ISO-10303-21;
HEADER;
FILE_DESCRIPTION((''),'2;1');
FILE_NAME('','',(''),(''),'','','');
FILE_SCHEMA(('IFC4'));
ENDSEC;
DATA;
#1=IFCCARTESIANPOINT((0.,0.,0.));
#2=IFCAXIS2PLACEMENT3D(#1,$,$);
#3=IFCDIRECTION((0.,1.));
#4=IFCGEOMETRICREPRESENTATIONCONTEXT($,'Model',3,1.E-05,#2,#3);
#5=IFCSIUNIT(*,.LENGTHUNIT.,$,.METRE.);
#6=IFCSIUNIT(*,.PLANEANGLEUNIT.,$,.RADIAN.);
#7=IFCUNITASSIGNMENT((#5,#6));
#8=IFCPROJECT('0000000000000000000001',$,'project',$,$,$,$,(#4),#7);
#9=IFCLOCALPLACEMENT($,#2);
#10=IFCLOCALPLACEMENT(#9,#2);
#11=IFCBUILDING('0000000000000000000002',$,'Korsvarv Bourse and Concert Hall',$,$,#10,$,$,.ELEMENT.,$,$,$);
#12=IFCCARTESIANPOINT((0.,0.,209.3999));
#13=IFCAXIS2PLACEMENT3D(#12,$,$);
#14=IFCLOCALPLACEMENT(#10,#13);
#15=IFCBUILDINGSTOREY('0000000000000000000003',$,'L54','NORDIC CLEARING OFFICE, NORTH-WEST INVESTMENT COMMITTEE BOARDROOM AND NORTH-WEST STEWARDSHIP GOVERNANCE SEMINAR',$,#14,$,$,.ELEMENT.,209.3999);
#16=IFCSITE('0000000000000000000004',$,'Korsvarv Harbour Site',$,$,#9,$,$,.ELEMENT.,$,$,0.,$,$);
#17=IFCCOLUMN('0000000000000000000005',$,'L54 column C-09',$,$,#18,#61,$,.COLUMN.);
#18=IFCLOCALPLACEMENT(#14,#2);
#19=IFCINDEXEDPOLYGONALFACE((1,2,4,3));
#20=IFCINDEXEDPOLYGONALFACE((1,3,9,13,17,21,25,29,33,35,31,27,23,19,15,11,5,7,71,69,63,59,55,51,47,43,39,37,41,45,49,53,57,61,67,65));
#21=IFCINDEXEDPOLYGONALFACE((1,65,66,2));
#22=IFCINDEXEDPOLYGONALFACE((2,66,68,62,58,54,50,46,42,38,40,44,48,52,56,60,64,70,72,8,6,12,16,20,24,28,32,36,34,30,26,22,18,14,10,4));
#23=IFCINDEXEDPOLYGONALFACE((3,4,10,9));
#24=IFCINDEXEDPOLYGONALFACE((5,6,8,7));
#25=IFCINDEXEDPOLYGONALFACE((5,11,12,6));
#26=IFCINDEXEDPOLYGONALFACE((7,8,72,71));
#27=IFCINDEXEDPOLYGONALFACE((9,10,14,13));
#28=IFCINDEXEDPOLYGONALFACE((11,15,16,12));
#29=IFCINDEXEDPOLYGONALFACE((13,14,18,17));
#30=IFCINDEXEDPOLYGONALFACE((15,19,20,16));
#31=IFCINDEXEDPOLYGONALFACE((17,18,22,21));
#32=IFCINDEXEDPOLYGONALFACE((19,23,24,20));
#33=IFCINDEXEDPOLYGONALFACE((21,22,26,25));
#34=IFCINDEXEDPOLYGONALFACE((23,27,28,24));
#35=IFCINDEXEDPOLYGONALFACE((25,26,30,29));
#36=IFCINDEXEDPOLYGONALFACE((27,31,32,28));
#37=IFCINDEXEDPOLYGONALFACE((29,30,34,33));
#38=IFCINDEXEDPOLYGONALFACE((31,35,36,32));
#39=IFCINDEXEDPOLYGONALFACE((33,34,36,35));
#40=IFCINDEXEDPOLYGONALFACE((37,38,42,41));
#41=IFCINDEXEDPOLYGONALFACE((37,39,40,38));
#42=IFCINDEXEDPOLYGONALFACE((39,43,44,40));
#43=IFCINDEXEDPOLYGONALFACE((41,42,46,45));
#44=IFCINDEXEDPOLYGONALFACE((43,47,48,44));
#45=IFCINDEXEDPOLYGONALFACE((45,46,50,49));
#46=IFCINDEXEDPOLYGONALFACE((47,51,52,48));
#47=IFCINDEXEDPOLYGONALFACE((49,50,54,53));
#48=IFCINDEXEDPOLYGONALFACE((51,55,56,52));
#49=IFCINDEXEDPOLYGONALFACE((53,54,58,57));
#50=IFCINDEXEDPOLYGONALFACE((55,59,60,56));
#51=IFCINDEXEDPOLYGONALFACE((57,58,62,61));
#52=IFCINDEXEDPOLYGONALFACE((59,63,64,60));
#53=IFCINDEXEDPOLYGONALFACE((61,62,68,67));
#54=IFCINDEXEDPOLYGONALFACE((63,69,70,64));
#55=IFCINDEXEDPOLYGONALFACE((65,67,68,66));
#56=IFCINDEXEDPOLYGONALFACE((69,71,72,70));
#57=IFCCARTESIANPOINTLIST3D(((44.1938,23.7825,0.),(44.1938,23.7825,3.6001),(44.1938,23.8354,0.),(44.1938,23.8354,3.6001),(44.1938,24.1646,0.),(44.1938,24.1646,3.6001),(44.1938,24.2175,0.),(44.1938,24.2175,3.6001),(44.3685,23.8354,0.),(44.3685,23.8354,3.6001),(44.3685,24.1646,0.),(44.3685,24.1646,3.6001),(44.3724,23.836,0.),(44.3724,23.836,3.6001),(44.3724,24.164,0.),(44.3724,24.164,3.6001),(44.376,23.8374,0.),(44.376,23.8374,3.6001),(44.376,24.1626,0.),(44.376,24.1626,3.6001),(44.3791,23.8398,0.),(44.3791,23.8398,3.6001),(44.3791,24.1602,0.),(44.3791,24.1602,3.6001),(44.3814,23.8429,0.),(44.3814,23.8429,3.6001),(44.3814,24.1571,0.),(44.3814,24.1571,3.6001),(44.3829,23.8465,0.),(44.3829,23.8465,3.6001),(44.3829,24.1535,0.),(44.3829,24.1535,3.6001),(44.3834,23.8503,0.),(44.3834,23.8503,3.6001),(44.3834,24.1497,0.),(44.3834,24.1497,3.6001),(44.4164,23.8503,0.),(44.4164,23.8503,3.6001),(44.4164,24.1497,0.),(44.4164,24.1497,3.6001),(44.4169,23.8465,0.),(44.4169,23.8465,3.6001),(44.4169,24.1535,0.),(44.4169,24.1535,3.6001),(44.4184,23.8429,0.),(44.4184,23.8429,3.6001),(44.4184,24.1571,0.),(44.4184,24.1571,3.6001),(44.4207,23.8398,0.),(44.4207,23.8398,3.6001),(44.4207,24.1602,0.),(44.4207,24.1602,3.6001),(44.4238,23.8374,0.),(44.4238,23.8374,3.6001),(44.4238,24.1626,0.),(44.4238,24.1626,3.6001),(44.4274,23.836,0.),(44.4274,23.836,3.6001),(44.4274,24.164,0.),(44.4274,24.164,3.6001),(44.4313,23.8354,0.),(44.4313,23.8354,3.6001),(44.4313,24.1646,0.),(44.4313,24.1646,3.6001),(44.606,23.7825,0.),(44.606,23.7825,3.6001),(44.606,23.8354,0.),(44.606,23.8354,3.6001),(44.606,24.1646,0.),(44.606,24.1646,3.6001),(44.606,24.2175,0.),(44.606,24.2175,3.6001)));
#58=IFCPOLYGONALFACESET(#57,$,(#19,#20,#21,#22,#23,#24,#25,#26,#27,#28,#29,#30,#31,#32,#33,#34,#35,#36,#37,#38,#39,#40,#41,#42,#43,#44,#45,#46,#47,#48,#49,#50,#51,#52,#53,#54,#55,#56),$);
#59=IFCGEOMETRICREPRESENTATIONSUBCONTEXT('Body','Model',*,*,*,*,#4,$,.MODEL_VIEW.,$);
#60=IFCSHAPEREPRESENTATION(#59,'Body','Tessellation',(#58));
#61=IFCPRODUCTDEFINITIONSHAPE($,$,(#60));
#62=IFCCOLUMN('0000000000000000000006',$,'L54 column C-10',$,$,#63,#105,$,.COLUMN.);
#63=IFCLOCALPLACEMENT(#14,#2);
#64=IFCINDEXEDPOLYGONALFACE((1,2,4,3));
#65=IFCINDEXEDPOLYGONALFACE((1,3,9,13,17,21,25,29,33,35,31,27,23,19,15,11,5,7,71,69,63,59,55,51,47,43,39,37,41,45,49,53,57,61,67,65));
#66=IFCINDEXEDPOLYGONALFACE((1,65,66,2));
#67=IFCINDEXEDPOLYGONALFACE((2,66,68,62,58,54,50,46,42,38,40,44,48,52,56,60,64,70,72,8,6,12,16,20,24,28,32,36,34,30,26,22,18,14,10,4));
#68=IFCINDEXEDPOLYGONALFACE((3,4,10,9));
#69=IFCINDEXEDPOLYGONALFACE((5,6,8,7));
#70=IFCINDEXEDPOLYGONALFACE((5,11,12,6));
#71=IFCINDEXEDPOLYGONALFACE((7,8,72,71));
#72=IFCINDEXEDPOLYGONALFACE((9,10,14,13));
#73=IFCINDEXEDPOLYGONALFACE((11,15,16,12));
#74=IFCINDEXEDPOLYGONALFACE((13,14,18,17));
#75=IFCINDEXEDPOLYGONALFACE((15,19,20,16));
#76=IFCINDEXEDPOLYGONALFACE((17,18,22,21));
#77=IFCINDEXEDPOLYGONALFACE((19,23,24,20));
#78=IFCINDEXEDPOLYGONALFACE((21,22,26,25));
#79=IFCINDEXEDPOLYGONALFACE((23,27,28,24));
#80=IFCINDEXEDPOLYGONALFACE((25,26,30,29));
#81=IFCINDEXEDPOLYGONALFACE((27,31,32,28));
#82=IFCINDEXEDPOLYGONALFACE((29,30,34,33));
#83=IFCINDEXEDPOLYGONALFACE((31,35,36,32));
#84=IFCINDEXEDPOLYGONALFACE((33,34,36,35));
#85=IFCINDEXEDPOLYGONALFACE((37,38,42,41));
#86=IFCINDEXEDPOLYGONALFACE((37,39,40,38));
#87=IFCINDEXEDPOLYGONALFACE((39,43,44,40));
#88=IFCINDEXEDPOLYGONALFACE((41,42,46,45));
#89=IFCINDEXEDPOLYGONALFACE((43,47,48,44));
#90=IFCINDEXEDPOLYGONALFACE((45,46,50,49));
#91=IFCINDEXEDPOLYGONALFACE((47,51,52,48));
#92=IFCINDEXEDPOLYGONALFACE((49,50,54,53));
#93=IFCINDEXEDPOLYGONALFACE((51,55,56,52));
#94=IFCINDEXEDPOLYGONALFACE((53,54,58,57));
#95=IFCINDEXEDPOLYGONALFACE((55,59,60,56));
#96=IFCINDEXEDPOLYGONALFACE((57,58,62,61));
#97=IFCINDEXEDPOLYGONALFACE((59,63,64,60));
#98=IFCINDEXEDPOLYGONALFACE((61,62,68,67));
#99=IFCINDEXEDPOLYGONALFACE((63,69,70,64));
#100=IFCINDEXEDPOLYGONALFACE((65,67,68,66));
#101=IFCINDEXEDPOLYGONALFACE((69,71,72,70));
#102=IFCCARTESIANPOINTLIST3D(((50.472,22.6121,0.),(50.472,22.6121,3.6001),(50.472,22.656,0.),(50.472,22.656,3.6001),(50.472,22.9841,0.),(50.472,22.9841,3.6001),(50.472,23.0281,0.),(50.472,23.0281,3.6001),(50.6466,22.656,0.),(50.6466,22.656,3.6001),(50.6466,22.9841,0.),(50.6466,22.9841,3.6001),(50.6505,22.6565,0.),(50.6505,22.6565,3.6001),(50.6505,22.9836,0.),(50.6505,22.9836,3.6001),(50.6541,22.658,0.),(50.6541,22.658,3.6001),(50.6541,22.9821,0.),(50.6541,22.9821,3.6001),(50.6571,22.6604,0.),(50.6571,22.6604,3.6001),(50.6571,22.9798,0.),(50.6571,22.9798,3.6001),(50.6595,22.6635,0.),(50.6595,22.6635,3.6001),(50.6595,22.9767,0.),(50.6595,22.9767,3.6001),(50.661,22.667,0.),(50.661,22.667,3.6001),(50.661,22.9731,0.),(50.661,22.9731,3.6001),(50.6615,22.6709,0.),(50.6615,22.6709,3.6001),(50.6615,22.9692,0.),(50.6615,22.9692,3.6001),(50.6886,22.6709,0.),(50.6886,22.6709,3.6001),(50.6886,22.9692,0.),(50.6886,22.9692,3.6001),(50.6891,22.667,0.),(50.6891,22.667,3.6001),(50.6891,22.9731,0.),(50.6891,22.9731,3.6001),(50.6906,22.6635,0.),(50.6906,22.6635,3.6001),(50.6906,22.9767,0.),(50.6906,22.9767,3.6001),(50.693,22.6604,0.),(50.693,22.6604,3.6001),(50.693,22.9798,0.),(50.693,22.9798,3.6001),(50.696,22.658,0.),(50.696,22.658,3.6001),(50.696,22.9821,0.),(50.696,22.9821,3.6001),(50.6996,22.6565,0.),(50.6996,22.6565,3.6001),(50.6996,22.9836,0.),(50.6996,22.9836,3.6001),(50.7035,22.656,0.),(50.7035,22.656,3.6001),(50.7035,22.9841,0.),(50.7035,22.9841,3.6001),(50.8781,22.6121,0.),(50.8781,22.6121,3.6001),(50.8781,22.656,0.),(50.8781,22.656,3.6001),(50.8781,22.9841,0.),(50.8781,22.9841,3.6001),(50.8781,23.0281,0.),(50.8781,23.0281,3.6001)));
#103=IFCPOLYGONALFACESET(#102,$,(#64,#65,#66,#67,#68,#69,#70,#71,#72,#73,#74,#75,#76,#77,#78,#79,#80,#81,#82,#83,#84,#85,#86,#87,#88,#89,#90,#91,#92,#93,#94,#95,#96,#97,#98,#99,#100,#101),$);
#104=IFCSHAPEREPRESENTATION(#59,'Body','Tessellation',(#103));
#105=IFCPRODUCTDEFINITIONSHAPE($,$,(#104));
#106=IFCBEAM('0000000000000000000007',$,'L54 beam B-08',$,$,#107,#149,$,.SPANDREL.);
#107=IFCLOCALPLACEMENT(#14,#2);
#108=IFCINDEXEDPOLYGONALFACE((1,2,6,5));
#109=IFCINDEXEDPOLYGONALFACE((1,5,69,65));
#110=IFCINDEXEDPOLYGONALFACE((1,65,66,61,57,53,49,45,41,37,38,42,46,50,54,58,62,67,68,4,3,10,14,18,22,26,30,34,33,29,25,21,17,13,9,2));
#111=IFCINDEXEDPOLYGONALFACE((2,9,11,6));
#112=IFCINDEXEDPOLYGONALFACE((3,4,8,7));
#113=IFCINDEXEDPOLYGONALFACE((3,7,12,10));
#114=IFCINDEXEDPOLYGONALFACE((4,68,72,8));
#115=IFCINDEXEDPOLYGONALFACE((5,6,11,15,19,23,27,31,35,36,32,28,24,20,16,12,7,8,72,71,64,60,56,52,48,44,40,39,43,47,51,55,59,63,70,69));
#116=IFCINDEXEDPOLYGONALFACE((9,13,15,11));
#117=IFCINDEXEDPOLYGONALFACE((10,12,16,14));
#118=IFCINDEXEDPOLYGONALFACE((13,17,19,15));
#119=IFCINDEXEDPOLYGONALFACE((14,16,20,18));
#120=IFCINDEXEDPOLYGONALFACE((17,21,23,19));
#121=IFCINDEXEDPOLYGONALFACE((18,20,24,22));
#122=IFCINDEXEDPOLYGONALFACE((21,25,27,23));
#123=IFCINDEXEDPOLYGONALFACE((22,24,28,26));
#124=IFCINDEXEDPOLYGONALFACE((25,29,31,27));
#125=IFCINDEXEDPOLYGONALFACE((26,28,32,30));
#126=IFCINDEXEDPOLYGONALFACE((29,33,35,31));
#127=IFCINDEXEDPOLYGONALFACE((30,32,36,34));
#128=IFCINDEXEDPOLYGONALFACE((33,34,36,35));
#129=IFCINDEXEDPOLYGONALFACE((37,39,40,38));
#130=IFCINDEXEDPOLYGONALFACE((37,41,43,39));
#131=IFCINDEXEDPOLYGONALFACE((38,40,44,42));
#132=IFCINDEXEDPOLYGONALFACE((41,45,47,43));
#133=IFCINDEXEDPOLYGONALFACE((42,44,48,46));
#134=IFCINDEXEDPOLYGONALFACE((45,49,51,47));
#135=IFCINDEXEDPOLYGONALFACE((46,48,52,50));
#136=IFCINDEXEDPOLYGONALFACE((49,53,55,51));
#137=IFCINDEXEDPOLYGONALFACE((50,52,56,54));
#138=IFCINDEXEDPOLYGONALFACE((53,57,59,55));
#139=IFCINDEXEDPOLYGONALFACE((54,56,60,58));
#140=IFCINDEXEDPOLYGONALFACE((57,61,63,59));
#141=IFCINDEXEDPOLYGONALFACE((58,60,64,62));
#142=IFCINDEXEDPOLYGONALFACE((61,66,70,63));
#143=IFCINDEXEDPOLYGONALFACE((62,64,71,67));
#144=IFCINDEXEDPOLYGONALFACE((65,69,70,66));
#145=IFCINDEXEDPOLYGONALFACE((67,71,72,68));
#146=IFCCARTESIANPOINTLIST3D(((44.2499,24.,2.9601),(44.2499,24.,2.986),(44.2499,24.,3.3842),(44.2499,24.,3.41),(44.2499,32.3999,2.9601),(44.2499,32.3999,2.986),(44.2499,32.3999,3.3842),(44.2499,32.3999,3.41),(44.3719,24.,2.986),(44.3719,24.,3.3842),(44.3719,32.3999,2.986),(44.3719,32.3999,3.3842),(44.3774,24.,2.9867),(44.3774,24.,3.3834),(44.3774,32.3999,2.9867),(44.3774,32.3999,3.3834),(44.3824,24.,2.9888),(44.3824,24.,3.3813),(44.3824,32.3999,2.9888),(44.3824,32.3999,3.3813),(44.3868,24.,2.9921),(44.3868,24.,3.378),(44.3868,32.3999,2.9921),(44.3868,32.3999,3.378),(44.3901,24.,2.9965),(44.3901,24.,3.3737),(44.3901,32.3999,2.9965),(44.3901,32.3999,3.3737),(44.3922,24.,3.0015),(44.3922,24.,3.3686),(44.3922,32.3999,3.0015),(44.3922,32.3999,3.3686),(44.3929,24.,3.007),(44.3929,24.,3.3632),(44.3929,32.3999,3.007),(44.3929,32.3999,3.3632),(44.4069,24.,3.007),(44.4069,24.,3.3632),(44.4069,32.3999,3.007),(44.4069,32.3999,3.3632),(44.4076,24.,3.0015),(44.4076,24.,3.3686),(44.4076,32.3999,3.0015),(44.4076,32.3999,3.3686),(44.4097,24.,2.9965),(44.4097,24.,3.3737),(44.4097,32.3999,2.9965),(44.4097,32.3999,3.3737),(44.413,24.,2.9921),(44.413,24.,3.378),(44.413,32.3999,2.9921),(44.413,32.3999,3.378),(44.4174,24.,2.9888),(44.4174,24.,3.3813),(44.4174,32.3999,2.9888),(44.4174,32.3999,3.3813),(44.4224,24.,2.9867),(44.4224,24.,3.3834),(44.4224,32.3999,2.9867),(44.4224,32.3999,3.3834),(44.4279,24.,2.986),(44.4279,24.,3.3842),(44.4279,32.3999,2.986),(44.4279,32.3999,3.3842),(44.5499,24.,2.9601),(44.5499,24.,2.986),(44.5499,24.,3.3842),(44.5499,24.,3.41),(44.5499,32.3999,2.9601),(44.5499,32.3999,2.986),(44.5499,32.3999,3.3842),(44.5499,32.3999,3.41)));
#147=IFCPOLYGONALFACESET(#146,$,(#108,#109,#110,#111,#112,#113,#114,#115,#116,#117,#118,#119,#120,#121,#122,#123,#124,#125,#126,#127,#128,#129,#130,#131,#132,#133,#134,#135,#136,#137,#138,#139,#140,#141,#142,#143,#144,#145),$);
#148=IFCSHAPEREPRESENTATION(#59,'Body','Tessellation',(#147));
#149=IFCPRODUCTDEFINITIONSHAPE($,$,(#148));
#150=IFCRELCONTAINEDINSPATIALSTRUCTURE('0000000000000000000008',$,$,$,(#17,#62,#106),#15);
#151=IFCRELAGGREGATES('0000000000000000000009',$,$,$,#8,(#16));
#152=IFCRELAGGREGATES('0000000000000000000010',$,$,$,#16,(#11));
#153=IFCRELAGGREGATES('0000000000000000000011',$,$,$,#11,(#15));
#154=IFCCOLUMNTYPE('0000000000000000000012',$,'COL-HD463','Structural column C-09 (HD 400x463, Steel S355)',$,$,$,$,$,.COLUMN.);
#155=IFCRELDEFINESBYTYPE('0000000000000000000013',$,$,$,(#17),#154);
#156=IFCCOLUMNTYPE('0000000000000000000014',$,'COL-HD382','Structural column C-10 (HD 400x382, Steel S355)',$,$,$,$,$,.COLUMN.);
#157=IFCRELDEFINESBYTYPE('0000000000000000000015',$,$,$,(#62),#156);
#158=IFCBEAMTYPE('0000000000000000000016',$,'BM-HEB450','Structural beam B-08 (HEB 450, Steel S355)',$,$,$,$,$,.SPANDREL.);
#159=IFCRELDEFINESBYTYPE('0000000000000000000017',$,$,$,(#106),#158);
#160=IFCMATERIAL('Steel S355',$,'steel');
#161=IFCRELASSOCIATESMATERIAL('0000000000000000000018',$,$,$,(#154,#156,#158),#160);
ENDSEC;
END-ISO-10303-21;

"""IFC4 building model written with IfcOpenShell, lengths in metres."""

from ifc_helpers import new_model, si_unit, direction, frame, origin, origin_2d, place, context, subcontext, project, spatial, i_section, extrude, source, transform, mapped, material, material_profile, profile_set, type_object, element, save


model = new_model("IFC4")

# Units and contexts
model_context = context("Model", 3, precision=1e-05, world=origin(), true_north=direction((0.0, 1.0)))
body_context = subcontext(model_context, "Body", "Model", "MODEL_VIEW")
ifc_project = project(units=[si_unit("LENGTHUNIT", "METRE"), si_unit("PLANEANGLEUNIT", "RADIAN")], contexts=[model_context])

# Site, building, storey
site_placement = place(None, origin())
site = spatial("IfcSite", under=ifc_project, at=site_placement, Name="Korsvarv Harbour Site", CompositionType="ELEMENT", RefElevation=0.0)
building_placement = place(site_placement, origin())
building = spatial("IfcBuilding", under=site, at=building_placement, Name="Korsvarv Bourse and Concert Hall", CompositionType="ELEMENT")
storey_placement = place(building_placement, frame((0.0, 0.0, 209.3999)))
storey = spatial("IfcBuildingStorey", under=building, at=storey_placement, Name="L54", Description="NORDIC CLEARING OFFICE, NORTH-WEST INVESTMENT COMMITTEE BOARDROOM AND NORTH-WEST STEWARDSHIP GOVERNANCE SEMINAR", CompositionType="ELEMENT", Elevation=209.3999)

# Columns
ifc_material_1 = material(Name="Steel S355", Category="steel")
ifc_material_profile_1 = material_profile(ifc_material_1, i_section(OverallWidth=0.4121, OverallDepth=0.4351, WebThickness=0.033, FlangeThickness=0.053, FilletRadius=0.0149, at=origin_2d()), Name="HD 400x463")
ifc_profile_set_1 = profile_set([ifc_material_profile_1], Name="Steel S355")
column_type_1 = type_object("IfcColumnType", Name="COL-HD463", Description="Structural column C-09 (HD 400x463, Steel S355)", PredefinedType="COLUMN", material=ifc_profile_set_1)
shared_shape_1 = source(origin(), body_context, "Body", "SweptSolid", [
    extrude(i_section(OverallWidth=0.4121, OverallDepth=0.4351, WebThickness=0.033, FlangeThickness=0.053, FilletRadius=0.0149, at=origin_2d()), origin(), (0.0, 0.0, 1.0), 3.6001),
])
column_1_placement = place(storey_placement, frame((44.3999, 24.0, 0.0), z_axis=(0.0, 0.0, 1.0), x_axis=(1.0, 0.0, 0.0)))
element("IfcColumn", 1, at=column_1_placement, inside=storey, type_object=column_type_1, Name="L54 column C-09", PredefinedType="COLUMN", context=body_context, shape_type="MappedRepresentation", body=[
    mapped(shared_shape_1, transform((0.0, 0.0, 0.0), scale=1.0)),
])
ifc_material_profile_2 = material_profile(ifc_material_1, i_section(OverallWidth=0.406, OverallDepth=0.416, WebThickness=0.0271, FlangeThickness=0.0439, FilletRadius=0.0149, at=origin_2d()), Name="HD 400x382")
ifc_profile_set_2 = profile_set([ifc_material_profile_2], Name="Steel S355")
column_type_2 = type_object("IfcColumnType", Name="COL-HD382", Description="Structural column C-10 (HD 400x382, Steel S355)", PredefinedType="COLUMN", material=ifc_profile_set_2)
shared_shape_2 = source(origin(), body_context, "Body", "SweptSolid", [
    extrude(i_section(OverallWidth=0.406, OverallDepth=0.416, WebThickness=0.0271, FlangeThickness=0.0439, FilletRadius=0.0149, at=origin_2d()), origin(), (0.0, 0.0, 1.0), 3.6001),
])
column_2_placement = place(storey_placement, frame((50.675, 22.8201, 0.0), z_axis=(0.0, 0.0, 1.0), x_axis=(1.0, 0.0, 0.0)))
element("IfcColumn", 2, at=column_2_placement, inside=storey, type_object=column_type_2, Name="L54 column C-10", PredefinedType="COLUMN", context=body_context, shape_type="MappedRepresentation", body=[
    mapped(shared_shape_2, transform((0.0, 0.0, 0.0), scale=1.0)),
])

# Beam
ifc_material_profile_3 = material_profile(ifc_material_1, i_section(OverallWidth=0.3, OverallDepth=0.45, WebThickness=0.0139, FlangeThickness=0.0259, FilletRadius=0.021, at=origin_2d()), Name="HEB 450")
ifc_profile_set_3 = profile_set([ifc_material_profile_3], Name="Steel S355")
beam_type_1 = type_object("IfcBeamType", Name="BM-HEB450", Description="Structural beam B-08 (HEB 450, Steel S355)", PredefinedType="SPANDREL", material=ifc_profile_set_3)
shared_shape_3 = source(origin(), body_context, "Body", "SweptSolid", [
    extrude(i_section(OverallWidth=0.3, OverallDepth=0.45, WebThickness=0.0139, FlangeThickness=0.0259, FilletRadius=0.021, at=origin_2d()), origin(), (0.0, 0.0, 1.0), 8.3999),
])
beam_1_placement = place(storey_placement, frame((44.3999, 24.0, 3.1851), z_axis=(0.0, 1.0, 0.0), x_axis=(-1.0, 0.0, 0.0)))
element("IfcBeam", 3, at=beam_1_placement, inside=storey, type_object=beam_type_1, Name="L54 beam B-08", PredefinedType="SPANDREL", context=body_context, shape_type="MappedRepresentation", body=[
    mapped(shared_shape_3, transform((0.0, 0.0, 0.0), scale=1.0)),
])

save(model, "model.ifc")
